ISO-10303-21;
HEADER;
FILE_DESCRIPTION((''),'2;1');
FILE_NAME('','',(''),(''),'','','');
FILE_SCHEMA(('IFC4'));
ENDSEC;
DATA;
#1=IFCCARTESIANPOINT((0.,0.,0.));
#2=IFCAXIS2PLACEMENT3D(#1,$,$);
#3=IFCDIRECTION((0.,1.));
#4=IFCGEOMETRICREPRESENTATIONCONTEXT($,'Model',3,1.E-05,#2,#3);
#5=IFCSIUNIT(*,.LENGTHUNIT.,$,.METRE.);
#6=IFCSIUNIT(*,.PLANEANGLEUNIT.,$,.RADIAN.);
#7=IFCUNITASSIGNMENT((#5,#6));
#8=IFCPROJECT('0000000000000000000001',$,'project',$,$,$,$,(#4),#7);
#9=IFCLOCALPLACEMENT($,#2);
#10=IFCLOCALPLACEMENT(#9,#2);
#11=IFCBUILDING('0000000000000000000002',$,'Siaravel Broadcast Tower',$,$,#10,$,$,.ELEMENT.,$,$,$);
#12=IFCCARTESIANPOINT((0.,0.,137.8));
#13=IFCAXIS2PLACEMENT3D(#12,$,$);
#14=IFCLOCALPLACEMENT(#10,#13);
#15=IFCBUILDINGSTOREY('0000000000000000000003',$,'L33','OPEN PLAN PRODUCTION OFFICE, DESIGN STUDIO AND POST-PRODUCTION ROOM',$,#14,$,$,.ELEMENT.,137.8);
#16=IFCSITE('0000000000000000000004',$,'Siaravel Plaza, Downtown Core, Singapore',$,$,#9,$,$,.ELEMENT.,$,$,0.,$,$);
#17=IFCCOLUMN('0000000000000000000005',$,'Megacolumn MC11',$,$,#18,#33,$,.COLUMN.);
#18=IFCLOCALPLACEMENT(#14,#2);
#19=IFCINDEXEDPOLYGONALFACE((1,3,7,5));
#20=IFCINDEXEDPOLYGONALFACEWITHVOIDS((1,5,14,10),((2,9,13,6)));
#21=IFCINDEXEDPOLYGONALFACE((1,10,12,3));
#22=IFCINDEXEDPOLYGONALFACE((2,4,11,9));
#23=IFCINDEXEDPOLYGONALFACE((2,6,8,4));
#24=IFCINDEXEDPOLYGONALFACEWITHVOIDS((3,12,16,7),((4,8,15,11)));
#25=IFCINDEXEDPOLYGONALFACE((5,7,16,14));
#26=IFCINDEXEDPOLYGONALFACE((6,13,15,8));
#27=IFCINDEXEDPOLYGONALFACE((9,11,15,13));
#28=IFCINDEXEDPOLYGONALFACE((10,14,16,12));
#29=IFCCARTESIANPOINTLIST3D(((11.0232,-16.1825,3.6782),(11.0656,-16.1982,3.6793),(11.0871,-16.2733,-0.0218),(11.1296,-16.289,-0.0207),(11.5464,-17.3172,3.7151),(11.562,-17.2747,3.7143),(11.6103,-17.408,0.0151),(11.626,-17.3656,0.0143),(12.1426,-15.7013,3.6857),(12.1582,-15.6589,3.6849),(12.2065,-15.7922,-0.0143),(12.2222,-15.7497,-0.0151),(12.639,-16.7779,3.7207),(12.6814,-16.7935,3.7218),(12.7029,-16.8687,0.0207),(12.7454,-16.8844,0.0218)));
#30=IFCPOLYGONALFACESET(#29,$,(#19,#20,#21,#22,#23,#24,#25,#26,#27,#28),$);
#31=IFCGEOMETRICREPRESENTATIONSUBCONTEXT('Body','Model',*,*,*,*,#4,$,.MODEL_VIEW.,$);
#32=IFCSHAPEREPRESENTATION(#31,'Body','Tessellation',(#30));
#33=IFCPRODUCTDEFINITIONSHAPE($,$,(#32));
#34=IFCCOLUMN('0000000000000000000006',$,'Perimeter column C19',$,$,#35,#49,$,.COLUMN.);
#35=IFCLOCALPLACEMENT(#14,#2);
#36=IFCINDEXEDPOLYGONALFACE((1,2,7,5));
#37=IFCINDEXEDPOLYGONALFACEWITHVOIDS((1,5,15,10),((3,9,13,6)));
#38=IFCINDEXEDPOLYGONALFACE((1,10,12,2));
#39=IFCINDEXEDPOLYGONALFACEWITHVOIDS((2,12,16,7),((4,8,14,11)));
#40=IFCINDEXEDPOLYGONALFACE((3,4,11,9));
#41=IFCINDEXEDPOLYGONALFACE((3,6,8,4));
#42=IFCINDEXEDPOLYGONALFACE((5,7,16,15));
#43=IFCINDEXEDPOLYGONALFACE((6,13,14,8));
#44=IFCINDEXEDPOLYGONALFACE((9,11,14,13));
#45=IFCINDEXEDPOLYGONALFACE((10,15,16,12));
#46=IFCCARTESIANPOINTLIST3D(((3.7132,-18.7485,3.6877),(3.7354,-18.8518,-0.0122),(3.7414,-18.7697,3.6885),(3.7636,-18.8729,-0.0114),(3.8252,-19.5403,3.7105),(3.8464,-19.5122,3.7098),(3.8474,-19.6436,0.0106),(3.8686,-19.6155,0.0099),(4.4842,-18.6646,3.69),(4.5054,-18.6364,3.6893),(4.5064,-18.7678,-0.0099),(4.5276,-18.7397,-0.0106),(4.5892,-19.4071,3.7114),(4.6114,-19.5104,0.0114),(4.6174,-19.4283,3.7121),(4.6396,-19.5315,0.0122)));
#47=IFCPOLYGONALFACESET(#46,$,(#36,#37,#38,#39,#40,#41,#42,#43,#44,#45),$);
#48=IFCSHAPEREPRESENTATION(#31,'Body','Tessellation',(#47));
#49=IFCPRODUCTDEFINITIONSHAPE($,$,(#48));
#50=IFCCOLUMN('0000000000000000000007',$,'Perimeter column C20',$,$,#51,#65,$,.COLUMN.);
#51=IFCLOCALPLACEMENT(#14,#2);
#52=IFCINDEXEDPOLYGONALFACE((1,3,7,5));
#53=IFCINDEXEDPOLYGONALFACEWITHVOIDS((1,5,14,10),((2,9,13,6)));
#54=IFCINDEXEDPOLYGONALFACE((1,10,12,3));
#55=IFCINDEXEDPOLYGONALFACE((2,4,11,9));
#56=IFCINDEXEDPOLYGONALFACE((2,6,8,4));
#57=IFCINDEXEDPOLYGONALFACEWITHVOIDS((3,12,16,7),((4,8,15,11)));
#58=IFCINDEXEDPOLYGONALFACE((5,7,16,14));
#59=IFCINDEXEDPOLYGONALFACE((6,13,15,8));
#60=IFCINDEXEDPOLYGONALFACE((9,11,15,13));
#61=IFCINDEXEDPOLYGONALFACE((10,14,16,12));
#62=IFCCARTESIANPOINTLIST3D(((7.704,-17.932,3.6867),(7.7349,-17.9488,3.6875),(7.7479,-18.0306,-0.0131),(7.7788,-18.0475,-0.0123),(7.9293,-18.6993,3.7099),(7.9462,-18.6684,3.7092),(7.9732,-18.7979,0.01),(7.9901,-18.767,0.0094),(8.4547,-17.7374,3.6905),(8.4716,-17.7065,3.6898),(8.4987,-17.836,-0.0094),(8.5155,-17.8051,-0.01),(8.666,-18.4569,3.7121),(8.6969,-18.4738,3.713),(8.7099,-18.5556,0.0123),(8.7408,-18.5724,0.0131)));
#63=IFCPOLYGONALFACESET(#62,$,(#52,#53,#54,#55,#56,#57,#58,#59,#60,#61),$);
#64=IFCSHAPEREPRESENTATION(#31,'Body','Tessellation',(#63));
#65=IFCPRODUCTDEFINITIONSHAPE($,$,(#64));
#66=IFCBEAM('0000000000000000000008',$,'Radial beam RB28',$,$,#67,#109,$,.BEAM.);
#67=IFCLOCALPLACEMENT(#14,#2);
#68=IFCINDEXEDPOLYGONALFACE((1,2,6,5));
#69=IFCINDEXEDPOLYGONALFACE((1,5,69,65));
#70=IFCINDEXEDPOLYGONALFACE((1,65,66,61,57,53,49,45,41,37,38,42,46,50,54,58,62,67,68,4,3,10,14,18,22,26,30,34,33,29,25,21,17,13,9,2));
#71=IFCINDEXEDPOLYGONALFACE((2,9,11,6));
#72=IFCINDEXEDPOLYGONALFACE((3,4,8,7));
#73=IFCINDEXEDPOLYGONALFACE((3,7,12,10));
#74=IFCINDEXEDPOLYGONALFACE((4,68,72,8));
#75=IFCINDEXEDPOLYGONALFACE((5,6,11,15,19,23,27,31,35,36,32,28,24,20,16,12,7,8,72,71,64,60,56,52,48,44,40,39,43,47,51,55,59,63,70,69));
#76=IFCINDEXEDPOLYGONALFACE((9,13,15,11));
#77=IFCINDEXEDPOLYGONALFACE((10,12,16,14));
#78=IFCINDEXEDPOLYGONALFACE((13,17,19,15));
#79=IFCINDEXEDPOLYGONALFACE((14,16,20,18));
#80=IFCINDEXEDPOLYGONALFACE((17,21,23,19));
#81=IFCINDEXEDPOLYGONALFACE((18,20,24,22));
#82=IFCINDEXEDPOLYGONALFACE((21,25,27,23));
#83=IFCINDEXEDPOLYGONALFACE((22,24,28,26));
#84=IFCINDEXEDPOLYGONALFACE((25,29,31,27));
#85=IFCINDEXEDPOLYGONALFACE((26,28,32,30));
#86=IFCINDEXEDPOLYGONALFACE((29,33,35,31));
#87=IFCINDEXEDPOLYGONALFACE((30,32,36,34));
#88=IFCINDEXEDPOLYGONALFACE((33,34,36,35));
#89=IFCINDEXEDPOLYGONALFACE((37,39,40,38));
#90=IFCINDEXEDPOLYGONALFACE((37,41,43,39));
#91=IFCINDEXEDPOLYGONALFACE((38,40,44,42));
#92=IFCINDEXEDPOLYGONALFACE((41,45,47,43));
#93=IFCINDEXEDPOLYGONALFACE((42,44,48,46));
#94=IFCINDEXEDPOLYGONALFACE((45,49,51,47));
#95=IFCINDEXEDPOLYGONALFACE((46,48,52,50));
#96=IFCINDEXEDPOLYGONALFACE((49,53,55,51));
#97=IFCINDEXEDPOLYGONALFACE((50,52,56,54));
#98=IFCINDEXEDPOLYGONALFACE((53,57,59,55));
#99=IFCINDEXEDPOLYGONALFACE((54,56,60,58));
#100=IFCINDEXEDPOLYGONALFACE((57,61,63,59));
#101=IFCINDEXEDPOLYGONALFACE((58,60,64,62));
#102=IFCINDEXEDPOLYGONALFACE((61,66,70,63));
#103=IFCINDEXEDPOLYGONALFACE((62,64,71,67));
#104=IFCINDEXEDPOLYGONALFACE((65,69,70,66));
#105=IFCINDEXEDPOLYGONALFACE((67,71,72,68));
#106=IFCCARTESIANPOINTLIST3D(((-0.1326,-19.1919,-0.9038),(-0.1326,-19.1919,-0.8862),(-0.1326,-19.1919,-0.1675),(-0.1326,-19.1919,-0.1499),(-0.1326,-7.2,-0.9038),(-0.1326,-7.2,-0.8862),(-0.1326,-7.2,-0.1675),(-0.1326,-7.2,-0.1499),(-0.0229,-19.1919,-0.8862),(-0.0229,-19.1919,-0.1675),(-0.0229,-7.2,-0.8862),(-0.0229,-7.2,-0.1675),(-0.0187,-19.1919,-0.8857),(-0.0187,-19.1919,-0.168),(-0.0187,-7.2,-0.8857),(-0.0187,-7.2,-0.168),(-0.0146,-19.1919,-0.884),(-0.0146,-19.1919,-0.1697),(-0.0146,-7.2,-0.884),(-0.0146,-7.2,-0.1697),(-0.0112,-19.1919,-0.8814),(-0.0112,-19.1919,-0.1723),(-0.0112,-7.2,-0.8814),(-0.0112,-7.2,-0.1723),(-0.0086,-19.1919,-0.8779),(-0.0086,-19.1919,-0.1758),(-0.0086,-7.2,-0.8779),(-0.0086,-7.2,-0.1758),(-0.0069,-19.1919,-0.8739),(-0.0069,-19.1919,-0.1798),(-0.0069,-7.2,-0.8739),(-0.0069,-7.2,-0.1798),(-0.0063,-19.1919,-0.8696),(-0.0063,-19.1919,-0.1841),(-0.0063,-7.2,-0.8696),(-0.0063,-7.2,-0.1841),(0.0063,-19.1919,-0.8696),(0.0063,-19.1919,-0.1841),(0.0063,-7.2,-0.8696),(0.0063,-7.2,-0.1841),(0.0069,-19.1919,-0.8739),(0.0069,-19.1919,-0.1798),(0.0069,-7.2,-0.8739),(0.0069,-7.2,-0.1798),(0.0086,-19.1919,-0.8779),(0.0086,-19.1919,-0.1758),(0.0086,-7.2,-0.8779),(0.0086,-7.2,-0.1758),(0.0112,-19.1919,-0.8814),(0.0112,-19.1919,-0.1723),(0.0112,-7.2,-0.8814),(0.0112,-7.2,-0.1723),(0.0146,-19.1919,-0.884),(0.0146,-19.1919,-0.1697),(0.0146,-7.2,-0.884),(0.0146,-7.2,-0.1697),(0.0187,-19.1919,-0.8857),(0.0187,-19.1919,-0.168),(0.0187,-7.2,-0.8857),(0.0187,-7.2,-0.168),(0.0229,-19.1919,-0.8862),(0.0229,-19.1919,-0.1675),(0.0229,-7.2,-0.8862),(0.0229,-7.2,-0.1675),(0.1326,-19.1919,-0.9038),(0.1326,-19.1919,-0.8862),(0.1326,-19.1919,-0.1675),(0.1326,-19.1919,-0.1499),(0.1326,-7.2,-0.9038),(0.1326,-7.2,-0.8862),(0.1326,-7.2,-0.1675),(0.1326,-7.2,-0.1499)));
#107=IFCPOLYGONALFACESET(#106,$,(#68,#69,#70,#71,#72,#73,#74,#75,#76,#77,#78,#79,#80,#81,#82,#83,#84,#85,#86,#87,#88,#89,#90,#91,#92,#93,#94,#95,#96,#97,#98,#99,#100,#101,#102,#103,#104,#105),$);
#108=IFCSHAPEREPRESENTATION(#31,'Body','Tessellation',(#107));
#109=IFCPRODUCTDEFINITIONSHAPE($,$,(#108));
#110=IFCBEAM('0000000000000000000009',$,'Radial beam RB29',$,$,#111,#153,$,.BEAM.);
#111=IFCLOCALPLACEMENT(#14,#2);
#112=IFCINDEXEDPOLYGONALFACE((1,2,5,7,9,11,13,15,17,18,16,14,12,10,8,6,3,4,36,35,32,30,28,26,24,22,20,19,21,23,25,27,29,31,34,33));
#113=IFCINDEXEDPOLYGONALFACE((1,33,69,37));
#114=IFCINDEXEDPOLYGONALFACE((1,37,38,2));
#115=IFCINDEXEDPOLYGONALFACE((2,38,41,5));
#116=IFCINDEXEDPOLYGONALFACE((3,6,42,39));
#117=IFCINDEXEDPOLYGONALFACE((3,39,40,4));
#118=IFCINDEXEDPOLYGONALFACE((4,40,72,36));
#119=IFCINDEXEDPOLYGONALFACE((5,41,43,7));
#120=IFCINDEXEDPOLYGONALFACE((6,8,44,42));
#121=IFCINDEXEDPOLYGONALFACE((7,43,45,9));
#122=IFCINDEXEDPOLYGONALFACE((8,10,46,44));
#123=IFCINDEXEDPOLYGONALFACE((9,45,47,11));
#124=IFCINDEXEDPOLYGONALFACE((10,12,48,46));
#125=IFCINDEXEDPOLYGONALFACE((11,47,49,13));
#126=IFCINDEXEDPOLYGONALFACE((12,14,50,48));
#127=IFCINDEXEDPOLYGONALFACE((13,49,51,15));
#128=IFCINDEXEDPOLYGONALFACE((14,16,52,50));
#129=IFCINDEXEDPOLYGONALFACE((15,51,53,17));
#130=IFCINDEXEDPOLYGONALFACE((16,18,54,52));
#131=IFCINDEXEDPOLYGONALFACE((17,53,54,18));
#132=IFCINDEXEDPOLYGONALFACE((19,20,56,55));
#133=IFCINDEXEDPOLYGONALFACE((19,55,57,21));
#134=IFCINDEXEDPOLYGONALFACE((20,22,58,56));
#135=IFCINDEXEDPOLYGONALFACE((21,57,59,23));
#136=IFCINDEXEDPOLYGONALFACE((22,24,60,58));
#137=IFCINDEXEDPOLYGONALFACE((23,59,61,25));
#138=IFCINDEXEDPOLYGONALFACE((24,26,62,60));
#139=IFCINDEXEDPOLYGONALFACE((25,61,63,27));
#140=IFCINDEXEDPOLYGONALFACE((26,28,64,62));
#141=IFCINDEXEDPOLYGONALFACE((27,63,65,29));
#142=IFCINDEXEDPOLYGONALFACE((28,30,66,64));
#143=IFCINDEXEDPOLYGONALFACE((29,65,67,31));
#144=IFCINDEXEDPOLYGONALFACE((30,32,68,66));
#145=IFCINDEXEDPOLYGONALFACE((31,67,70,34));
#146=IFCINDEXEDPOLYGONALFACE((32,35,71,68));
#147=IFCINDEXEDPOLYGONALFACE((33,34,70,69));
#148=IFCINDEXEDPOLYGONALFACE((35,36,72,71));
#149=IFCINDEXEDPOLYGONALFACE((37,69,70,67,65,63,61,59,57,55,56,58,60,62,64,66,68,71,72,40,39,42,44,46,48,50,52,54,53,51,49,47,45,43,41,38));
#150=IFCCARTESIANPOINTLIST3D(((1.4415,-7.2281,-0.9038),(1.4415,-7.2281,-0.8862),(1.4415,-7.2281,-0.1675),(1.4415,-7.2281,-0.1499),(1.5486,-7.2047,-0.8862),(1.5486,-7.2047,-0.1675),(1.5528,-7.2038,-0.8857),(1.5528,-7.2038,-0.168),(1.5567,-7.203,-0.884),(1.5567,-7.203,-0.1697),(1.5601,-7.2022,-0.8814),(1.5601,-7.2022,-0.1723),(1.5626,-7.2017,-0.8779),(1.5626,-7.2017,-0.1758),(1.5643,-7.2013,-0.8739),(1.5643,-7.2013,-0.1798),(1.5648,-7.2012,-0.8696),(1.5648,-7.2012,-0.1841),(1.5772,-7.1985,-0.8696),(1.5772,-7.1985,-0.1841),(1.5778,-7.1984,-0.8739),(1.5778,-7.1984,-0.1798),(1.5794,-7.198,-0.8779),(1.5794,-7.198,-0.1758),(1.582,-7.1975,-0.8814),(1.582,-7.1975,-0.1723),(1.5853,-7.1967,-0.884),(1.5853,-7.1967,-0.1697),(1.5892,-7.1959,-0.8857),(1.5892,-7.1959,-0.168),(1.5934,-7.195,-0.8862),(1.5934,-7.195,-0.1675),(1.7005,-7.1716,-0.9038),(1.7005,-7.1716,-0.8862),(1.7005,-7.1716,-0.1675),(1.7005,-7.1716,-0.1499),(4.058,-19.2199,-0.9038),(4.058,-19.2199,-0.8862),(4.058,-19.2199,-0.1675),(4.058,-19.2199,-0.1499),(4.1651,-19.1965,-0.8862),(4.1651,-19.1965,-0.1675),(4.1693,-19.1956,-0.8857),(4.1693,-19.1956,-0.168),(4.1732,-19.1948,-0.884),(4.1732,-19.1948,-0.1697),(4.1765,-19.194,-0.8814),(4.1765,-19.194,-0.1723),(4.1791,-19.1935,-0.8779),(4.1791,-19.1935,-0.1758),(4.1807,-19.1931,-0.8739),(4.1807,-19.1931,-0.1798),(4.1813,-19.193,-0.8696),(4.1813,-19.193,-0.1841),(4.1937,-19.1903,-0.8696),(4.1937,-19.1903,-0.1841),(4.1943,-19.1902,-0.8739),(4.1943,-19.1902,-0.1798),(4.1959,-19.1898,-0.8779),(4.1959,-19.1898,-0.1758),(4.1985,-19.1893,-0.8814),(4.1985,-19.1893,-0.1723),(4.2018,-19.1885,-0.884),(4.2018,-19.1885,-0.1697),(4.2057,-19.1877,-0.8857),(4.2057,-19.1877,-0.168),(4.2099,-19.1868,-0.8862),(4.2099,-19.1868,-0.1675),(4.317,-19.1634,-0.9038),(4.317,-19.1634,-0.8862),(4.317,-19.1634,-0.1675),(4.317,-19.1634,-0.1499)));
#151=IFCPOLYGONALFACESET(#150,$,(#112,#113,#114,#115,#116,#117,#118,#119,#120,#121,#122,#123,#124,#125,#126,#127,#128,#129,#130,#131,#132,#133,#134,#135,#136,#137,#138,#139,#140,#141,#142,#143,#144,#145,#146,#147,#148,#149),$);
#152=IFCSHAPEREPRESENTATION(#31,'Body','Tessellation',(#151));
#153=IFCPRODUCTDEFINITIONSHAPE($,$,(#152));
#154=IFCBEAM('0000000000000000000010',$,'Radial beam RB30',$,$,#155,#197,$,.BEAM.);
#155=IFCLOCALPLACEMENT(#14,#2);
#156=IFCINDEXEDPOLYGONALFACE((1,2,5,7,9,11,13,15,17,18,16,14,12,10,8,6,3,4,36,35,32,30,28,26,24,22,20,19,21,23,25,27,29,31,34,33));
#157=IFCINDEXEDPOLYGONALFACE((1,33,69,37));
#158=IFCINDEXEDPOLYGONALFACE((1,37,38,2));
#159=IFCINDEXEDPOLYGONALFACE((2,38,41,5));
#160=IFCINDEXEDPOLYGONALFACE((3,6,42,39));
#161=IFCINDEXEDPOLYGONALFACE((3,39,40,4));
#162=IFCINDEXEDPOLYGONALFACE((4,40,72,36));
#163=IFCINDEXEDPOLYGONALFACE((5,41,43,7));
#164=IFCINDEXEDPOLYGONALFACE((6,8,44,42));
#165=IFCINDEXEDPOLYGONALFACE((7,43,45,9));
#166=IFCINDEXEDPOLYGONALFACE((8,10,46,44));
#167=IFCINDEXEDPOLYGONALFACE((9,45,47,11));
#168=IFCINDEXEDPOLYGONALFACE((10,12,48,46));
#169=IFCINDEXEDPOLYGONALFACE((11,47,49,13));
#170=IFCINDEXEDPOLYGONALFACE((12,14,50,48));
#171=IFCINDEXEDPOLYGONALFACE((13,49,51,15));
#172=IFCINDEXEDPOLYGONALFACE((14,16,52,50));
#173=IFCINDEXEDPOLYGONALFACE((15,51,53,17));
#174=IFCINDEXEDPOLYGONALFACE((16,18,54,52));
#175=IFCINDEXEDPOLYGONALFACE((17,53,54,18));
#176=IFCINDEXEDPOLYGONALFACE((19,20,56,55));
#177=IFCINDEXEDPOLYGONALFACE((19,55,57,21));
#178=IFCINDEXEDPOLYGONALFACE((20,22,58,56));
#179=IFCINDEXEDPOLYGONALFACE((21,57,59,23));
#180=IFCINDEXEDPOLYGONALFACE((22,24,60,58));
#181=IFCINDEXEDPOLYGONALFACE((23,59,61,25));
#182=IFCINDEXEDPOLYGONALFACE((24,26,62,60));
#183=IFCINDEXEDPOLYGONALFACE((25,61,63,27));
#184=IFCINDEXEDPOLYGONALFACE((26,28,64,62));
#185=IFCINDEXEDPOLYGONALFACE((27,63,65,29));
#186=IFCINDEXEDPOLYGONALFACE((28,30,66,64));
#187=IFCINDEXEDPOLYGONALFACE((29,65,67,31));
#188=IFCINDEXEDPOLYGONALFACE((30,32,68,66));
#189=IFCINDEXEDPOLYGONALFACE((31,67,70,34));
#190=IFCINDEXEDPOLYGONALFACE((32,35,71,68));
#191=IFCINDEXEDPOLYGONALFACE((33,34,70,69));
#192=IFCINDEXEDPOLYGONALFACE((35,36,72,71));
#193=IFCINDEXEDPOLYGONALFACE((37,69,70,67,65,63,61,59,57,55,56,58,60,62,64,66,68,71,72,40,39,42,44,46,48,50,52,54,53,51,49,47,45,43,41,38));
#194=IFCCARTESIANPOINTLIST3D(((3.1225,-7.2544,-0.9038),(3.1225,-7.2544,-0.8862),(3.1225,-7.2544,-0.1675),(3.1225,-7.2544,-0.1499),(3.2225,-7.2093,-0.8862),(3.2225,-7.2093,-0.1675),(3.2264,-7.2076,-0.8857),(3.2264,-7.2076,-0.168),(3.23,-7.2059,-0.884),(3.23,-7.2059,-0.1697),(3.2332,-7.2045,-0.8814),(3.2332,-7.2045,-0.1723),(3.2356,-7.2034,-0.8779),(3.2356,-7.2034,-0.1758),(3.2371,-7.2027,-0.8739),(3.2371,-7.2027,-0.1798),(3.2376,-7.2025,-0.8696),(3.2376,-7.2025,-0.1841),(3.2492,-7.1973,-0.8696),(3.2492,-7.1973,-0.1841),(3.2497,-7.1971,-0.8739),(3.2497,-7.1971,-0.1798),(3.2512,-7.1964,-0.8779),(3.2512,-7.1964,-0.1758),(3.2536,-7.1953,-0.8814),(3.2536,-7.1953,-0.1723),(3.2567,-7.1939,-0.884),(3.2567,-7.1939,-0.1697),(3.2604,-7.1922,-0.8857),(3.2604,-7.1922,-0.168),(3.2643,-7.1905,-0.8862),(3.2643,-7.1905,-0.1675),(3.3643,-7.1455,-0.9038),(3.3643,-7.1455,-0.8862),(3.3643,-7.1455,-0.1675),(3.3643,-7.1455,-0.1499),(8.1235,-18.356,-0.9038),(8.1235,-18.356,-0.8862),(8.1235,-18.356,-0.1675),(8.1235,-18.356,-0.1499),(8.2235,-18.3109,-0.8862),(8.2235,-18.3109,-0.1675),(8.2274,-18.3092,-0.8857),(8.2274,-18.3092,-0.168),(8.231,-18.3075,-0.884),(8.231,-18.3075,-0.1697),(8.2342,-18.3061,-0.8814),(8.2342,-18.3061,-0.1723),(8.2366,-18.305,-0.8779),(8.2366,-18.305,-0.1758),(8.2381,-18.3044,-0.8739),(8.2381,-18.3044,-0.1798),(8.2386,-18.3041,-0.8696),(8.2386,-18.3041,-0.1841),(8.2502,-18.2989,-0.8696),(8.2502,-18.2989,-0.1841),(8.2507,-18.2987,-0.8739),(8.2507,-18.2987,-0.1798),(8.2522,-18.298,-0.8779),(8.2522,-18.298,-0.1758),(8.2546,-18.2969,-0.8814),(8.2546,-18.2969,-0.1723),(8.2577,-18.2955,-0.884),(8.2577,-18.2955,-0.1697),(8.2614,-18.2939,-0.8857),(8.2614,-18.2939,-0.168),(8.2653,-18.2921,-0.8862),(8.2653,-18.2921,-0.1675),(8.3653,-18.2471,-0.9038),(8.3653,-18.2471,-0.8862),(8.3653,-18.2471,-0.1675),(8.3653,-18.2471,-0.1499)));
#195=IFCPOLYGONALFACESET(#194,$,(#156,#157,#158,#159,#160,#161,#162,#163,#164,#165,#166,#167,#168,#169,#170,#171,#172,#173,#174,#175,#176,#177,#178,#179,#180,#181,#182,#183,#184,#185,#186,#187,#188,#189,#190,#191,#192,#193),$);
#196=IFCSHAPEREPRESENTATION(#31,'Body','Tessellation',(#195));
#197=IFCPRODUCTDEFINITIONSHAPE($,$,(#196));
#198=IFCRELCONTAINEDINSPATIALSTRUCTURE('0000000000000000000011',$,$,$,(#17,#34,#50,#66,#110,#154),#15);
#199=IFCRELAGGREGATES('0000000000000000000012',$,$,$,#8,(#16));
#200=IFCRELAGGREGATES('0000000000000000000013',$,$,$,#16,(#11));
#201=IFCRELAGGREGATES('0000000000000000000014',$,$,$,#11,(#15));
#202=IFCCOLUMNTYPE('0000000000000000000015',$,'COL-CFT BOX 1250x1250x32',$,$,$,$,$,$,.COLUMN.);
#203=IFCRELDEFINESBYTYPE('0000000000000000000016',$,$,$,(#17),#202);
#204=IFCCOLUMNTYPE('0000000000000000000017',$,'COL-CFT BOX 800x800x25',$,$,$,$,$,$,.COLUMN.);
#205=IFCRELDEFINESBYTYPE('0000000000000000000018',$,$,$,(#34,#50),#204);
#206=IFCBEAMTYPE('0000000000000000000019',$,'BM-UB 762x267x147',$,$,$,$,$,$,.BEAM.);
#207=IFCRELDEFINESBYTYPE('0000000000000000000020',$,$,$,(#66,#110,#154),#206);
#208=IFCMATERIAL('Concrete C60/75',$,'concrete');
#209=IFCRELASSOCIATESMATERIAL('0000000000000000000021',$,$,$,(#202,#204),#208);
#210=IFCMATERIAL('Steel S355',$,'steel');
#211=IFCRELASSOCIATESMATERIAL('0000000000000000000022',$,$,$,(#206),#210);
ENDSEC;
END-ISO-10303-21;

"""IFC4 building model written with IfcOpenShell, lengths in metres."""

from ifc_helpers import new_model, si_unit, direction, frame, origin, origin_2d, place, context, subcontext, project, spatial, hollow_rectangle, i_section, extrude, material, material_profile, profile_set, type_object, element, save


model = new_model("IFC4")

# Units and contexts
model_context = context("Model", 3, precision=1e-05, world=origin(), true_north=direction((0.0, 1.0)))
body_context = subcontext(model_context, "Body", "Model", "MODEL_VIEW")
ifc_project = project(units=[si_unit("LENGTHUNIT", "METRE"), si_unit("PLANEANGLEUNIT", "RADIAN")], contexts=[model_context])

# Site, building, storey
site_placement = place(None, origin())
site = spatial("IfcSite", under=ifc_project, at=site_placement, Name="Siaravel Plaza, Downtown Core, Singapore", CompositionType="ELEMENT", RefElevation=0.0)
building_placement = place(site_placement, origin())
building = spatial("IfcBuilding", under=site, at=building_placement, Name="Siaravel Broadcast Tower", CompositionType="ELEMENT")
storey_placement = place(building_placement, frame((0.0, 0.0, 137.8)))
storey = spatial("IfcBuildingStorey", under=building, at=storey_placement, Name="L33", Description="OPEN PLAN PRODUCTION OFFICE, DESIGN STUDIO AND POST-PRODUCTION ROOM", CompositionType="ELEMENT", Elevation=137.8)

# Columns
ifc_material_1 = material(Name="Concrete C60/75", Category="concrete")
ifc_material_profile_1 = material_profile(ifc_material_1, hollow_rectangle(XDim=1.25, YDim=1.25, WallThickness=0.032, at=origin_2d()))
ifc_profile_set_1 = profile_set([ifc_material_profile_1], Name="Concrete C60/75")
column_type_1 = type_object("IfcColumnType", Name="COL-CFT BOX 1250x1250x32", PredefinedType="COLUMN", material=ifc_profile_set_1)
column_placement = place(storey_placement, frame((11.9163, -16.5789, 0.0), z_axis=(-0.01728, 0.024535, 0.99955), x_axis=(-0.908023, -0.418886, -0.005416)))
element("IfcColumn", 1, at=column_placement, inside=storey, type_object=column_type_1, Name="Megacolumn MC11", PredefinedType="COLUMN", context=body_context, shape_type="SweptSolid", body=[
    extrude(hollow_rectangle(XDim=1.25, YDim=1.25, WallThickness=0.032, at=origin_2d()), origin(), (0.0, 0.0, 1.0), 3.7017),
])
ifc_material_profile_2 = material_profile(ifc_material_1, hollow_rectangle(XDim=0.8, YDim=0.8, WallThickness=0.0249, at=origin_2d()))
ifc_profile_set_2 = profile_set([ifc_material_profile_2], Name="Concrete C60/75")
column_type_2 = type_object("IfcColumnType", Name="COL-CFT BOX 800x800x25", PredefinedType="COLUMN", material=ifc_profile_set_2)
for number, where, z_axis, x_axis, name in (
    (2, (4.1875, -19.1917, 0.0), (-0.006002, 0.0279, 0.999593), (-0.990138, -0.140083, -0.002035), "Perimeter column C19"),
    (3, (8.2444, -18.3015, 0.0), (-0.011872, 0.026647, 0.999574), (-0.959458, -0.281826, -0.003883), "Perimeter column C20"),
):
    element("IfcColumn", number, at=place(storey_placement, frame(where, z_axis=z_axis, x_axis=x_axis)), inside=storey, type_object=column_type_2, Name=name, PredefinedType="COLUMN", context=body_context, shape_type="SweptSolid", body=[
        extrude(hollow_rectangle(XDim=0.8, YDim=0.8, WallThickness=0.0249, at=origin_2d()), origin(), (0.0, 0.0, 1.0), 3.7014),
    ])

# Beams
ifc_material_2 = material(Name="Steel S355", Category="steel")
ifc_material_profile_3 = material_profile(ifc_material_2, i_section(OverallWidth=0.2651, OverallDepth=0.7539, WebThickness=0.0127, FlangeThickness=0.0176, FilletRadius=0.0166, at=origin_2d()))
ifc_profile_set_3 = profile_set([ifc_material_profile_3], Name="Steel S355")
beam_type = type_object("IfcBeamType", Name="BM-UB 762x267x147", PredefinedType="BEAM", material=ifc_profile_set_3)
beam_1_placement = place(storey_placement, frame((0.0, -19.1919, -0.5269), z_axis=(0.0, 1.0, 0.0), x_axis=(-1.0, 0.0, 0.0)))
element("IfcBeam", 4, at=beam_1_placement, inside=storey, type_object=beam_type, Name="Radial beam RB28", PredefinedType="BEAM", context=body_context, shape_type="SweptSolid", body=[
    extrude(i_section(OverallWidth=0.2651, OverallDepth=0.7539, WebThickness=0.0127, FlangeThickness=0.0176, FilletRadius=0.0166, at=origin_2d()), origin(), (0.0, 0.0, 1.0), 11.9919),
])
beam_2_placement = place(storey_placement, frame((4.1875, -19.1917, -0.5269), z_axis=(-0.213174, 0.977014, 0.0), x_axis=(-0.977014, -0.213174, 0.0)))
element("IfcBeam", 5, at=beam_2_placement, inside=storey, type_object=beam_type, Name="Radial beam RB29", PredefinedType="BEAM", context=body_context, shape_type="SweptSolid", body=[
    extrude(i_section(OverallWidth=0.2651, OverallDepth=0.7539, WebThickness=0.0127, FlangeThickness=0.0176, FilletRadius=0.0166, at=origin_2d()), origin(), (0.0, 0.0, 1.0), 12.2739),
])
beam_3_placement = place(storey_placement, frame((8.2444, -18.3015, -0.5269), z_axis=(-0.410725, 0.911759, 0.0), x_axis=(-0.911759, -0.410725, 0.0)))
element("IfcBeam", 6, at=beam_3_placement, inside=storey, type_object=beam_type, Name="Radial beam RB30", PredefinedType="BEAM", context=body_context, shape_type="SweptSolid", body=[
    extrude(i_section(OverallWidth=0.2651, OverallDepth=0.7539, WebThickness=0.0127, FlangeThickness=0.0176, FilletRadius=0.0166, at=origin_2d()), origin(), (0.0, 0.0, 1.0), 12.176),
])

save(model, "model.ifc")
